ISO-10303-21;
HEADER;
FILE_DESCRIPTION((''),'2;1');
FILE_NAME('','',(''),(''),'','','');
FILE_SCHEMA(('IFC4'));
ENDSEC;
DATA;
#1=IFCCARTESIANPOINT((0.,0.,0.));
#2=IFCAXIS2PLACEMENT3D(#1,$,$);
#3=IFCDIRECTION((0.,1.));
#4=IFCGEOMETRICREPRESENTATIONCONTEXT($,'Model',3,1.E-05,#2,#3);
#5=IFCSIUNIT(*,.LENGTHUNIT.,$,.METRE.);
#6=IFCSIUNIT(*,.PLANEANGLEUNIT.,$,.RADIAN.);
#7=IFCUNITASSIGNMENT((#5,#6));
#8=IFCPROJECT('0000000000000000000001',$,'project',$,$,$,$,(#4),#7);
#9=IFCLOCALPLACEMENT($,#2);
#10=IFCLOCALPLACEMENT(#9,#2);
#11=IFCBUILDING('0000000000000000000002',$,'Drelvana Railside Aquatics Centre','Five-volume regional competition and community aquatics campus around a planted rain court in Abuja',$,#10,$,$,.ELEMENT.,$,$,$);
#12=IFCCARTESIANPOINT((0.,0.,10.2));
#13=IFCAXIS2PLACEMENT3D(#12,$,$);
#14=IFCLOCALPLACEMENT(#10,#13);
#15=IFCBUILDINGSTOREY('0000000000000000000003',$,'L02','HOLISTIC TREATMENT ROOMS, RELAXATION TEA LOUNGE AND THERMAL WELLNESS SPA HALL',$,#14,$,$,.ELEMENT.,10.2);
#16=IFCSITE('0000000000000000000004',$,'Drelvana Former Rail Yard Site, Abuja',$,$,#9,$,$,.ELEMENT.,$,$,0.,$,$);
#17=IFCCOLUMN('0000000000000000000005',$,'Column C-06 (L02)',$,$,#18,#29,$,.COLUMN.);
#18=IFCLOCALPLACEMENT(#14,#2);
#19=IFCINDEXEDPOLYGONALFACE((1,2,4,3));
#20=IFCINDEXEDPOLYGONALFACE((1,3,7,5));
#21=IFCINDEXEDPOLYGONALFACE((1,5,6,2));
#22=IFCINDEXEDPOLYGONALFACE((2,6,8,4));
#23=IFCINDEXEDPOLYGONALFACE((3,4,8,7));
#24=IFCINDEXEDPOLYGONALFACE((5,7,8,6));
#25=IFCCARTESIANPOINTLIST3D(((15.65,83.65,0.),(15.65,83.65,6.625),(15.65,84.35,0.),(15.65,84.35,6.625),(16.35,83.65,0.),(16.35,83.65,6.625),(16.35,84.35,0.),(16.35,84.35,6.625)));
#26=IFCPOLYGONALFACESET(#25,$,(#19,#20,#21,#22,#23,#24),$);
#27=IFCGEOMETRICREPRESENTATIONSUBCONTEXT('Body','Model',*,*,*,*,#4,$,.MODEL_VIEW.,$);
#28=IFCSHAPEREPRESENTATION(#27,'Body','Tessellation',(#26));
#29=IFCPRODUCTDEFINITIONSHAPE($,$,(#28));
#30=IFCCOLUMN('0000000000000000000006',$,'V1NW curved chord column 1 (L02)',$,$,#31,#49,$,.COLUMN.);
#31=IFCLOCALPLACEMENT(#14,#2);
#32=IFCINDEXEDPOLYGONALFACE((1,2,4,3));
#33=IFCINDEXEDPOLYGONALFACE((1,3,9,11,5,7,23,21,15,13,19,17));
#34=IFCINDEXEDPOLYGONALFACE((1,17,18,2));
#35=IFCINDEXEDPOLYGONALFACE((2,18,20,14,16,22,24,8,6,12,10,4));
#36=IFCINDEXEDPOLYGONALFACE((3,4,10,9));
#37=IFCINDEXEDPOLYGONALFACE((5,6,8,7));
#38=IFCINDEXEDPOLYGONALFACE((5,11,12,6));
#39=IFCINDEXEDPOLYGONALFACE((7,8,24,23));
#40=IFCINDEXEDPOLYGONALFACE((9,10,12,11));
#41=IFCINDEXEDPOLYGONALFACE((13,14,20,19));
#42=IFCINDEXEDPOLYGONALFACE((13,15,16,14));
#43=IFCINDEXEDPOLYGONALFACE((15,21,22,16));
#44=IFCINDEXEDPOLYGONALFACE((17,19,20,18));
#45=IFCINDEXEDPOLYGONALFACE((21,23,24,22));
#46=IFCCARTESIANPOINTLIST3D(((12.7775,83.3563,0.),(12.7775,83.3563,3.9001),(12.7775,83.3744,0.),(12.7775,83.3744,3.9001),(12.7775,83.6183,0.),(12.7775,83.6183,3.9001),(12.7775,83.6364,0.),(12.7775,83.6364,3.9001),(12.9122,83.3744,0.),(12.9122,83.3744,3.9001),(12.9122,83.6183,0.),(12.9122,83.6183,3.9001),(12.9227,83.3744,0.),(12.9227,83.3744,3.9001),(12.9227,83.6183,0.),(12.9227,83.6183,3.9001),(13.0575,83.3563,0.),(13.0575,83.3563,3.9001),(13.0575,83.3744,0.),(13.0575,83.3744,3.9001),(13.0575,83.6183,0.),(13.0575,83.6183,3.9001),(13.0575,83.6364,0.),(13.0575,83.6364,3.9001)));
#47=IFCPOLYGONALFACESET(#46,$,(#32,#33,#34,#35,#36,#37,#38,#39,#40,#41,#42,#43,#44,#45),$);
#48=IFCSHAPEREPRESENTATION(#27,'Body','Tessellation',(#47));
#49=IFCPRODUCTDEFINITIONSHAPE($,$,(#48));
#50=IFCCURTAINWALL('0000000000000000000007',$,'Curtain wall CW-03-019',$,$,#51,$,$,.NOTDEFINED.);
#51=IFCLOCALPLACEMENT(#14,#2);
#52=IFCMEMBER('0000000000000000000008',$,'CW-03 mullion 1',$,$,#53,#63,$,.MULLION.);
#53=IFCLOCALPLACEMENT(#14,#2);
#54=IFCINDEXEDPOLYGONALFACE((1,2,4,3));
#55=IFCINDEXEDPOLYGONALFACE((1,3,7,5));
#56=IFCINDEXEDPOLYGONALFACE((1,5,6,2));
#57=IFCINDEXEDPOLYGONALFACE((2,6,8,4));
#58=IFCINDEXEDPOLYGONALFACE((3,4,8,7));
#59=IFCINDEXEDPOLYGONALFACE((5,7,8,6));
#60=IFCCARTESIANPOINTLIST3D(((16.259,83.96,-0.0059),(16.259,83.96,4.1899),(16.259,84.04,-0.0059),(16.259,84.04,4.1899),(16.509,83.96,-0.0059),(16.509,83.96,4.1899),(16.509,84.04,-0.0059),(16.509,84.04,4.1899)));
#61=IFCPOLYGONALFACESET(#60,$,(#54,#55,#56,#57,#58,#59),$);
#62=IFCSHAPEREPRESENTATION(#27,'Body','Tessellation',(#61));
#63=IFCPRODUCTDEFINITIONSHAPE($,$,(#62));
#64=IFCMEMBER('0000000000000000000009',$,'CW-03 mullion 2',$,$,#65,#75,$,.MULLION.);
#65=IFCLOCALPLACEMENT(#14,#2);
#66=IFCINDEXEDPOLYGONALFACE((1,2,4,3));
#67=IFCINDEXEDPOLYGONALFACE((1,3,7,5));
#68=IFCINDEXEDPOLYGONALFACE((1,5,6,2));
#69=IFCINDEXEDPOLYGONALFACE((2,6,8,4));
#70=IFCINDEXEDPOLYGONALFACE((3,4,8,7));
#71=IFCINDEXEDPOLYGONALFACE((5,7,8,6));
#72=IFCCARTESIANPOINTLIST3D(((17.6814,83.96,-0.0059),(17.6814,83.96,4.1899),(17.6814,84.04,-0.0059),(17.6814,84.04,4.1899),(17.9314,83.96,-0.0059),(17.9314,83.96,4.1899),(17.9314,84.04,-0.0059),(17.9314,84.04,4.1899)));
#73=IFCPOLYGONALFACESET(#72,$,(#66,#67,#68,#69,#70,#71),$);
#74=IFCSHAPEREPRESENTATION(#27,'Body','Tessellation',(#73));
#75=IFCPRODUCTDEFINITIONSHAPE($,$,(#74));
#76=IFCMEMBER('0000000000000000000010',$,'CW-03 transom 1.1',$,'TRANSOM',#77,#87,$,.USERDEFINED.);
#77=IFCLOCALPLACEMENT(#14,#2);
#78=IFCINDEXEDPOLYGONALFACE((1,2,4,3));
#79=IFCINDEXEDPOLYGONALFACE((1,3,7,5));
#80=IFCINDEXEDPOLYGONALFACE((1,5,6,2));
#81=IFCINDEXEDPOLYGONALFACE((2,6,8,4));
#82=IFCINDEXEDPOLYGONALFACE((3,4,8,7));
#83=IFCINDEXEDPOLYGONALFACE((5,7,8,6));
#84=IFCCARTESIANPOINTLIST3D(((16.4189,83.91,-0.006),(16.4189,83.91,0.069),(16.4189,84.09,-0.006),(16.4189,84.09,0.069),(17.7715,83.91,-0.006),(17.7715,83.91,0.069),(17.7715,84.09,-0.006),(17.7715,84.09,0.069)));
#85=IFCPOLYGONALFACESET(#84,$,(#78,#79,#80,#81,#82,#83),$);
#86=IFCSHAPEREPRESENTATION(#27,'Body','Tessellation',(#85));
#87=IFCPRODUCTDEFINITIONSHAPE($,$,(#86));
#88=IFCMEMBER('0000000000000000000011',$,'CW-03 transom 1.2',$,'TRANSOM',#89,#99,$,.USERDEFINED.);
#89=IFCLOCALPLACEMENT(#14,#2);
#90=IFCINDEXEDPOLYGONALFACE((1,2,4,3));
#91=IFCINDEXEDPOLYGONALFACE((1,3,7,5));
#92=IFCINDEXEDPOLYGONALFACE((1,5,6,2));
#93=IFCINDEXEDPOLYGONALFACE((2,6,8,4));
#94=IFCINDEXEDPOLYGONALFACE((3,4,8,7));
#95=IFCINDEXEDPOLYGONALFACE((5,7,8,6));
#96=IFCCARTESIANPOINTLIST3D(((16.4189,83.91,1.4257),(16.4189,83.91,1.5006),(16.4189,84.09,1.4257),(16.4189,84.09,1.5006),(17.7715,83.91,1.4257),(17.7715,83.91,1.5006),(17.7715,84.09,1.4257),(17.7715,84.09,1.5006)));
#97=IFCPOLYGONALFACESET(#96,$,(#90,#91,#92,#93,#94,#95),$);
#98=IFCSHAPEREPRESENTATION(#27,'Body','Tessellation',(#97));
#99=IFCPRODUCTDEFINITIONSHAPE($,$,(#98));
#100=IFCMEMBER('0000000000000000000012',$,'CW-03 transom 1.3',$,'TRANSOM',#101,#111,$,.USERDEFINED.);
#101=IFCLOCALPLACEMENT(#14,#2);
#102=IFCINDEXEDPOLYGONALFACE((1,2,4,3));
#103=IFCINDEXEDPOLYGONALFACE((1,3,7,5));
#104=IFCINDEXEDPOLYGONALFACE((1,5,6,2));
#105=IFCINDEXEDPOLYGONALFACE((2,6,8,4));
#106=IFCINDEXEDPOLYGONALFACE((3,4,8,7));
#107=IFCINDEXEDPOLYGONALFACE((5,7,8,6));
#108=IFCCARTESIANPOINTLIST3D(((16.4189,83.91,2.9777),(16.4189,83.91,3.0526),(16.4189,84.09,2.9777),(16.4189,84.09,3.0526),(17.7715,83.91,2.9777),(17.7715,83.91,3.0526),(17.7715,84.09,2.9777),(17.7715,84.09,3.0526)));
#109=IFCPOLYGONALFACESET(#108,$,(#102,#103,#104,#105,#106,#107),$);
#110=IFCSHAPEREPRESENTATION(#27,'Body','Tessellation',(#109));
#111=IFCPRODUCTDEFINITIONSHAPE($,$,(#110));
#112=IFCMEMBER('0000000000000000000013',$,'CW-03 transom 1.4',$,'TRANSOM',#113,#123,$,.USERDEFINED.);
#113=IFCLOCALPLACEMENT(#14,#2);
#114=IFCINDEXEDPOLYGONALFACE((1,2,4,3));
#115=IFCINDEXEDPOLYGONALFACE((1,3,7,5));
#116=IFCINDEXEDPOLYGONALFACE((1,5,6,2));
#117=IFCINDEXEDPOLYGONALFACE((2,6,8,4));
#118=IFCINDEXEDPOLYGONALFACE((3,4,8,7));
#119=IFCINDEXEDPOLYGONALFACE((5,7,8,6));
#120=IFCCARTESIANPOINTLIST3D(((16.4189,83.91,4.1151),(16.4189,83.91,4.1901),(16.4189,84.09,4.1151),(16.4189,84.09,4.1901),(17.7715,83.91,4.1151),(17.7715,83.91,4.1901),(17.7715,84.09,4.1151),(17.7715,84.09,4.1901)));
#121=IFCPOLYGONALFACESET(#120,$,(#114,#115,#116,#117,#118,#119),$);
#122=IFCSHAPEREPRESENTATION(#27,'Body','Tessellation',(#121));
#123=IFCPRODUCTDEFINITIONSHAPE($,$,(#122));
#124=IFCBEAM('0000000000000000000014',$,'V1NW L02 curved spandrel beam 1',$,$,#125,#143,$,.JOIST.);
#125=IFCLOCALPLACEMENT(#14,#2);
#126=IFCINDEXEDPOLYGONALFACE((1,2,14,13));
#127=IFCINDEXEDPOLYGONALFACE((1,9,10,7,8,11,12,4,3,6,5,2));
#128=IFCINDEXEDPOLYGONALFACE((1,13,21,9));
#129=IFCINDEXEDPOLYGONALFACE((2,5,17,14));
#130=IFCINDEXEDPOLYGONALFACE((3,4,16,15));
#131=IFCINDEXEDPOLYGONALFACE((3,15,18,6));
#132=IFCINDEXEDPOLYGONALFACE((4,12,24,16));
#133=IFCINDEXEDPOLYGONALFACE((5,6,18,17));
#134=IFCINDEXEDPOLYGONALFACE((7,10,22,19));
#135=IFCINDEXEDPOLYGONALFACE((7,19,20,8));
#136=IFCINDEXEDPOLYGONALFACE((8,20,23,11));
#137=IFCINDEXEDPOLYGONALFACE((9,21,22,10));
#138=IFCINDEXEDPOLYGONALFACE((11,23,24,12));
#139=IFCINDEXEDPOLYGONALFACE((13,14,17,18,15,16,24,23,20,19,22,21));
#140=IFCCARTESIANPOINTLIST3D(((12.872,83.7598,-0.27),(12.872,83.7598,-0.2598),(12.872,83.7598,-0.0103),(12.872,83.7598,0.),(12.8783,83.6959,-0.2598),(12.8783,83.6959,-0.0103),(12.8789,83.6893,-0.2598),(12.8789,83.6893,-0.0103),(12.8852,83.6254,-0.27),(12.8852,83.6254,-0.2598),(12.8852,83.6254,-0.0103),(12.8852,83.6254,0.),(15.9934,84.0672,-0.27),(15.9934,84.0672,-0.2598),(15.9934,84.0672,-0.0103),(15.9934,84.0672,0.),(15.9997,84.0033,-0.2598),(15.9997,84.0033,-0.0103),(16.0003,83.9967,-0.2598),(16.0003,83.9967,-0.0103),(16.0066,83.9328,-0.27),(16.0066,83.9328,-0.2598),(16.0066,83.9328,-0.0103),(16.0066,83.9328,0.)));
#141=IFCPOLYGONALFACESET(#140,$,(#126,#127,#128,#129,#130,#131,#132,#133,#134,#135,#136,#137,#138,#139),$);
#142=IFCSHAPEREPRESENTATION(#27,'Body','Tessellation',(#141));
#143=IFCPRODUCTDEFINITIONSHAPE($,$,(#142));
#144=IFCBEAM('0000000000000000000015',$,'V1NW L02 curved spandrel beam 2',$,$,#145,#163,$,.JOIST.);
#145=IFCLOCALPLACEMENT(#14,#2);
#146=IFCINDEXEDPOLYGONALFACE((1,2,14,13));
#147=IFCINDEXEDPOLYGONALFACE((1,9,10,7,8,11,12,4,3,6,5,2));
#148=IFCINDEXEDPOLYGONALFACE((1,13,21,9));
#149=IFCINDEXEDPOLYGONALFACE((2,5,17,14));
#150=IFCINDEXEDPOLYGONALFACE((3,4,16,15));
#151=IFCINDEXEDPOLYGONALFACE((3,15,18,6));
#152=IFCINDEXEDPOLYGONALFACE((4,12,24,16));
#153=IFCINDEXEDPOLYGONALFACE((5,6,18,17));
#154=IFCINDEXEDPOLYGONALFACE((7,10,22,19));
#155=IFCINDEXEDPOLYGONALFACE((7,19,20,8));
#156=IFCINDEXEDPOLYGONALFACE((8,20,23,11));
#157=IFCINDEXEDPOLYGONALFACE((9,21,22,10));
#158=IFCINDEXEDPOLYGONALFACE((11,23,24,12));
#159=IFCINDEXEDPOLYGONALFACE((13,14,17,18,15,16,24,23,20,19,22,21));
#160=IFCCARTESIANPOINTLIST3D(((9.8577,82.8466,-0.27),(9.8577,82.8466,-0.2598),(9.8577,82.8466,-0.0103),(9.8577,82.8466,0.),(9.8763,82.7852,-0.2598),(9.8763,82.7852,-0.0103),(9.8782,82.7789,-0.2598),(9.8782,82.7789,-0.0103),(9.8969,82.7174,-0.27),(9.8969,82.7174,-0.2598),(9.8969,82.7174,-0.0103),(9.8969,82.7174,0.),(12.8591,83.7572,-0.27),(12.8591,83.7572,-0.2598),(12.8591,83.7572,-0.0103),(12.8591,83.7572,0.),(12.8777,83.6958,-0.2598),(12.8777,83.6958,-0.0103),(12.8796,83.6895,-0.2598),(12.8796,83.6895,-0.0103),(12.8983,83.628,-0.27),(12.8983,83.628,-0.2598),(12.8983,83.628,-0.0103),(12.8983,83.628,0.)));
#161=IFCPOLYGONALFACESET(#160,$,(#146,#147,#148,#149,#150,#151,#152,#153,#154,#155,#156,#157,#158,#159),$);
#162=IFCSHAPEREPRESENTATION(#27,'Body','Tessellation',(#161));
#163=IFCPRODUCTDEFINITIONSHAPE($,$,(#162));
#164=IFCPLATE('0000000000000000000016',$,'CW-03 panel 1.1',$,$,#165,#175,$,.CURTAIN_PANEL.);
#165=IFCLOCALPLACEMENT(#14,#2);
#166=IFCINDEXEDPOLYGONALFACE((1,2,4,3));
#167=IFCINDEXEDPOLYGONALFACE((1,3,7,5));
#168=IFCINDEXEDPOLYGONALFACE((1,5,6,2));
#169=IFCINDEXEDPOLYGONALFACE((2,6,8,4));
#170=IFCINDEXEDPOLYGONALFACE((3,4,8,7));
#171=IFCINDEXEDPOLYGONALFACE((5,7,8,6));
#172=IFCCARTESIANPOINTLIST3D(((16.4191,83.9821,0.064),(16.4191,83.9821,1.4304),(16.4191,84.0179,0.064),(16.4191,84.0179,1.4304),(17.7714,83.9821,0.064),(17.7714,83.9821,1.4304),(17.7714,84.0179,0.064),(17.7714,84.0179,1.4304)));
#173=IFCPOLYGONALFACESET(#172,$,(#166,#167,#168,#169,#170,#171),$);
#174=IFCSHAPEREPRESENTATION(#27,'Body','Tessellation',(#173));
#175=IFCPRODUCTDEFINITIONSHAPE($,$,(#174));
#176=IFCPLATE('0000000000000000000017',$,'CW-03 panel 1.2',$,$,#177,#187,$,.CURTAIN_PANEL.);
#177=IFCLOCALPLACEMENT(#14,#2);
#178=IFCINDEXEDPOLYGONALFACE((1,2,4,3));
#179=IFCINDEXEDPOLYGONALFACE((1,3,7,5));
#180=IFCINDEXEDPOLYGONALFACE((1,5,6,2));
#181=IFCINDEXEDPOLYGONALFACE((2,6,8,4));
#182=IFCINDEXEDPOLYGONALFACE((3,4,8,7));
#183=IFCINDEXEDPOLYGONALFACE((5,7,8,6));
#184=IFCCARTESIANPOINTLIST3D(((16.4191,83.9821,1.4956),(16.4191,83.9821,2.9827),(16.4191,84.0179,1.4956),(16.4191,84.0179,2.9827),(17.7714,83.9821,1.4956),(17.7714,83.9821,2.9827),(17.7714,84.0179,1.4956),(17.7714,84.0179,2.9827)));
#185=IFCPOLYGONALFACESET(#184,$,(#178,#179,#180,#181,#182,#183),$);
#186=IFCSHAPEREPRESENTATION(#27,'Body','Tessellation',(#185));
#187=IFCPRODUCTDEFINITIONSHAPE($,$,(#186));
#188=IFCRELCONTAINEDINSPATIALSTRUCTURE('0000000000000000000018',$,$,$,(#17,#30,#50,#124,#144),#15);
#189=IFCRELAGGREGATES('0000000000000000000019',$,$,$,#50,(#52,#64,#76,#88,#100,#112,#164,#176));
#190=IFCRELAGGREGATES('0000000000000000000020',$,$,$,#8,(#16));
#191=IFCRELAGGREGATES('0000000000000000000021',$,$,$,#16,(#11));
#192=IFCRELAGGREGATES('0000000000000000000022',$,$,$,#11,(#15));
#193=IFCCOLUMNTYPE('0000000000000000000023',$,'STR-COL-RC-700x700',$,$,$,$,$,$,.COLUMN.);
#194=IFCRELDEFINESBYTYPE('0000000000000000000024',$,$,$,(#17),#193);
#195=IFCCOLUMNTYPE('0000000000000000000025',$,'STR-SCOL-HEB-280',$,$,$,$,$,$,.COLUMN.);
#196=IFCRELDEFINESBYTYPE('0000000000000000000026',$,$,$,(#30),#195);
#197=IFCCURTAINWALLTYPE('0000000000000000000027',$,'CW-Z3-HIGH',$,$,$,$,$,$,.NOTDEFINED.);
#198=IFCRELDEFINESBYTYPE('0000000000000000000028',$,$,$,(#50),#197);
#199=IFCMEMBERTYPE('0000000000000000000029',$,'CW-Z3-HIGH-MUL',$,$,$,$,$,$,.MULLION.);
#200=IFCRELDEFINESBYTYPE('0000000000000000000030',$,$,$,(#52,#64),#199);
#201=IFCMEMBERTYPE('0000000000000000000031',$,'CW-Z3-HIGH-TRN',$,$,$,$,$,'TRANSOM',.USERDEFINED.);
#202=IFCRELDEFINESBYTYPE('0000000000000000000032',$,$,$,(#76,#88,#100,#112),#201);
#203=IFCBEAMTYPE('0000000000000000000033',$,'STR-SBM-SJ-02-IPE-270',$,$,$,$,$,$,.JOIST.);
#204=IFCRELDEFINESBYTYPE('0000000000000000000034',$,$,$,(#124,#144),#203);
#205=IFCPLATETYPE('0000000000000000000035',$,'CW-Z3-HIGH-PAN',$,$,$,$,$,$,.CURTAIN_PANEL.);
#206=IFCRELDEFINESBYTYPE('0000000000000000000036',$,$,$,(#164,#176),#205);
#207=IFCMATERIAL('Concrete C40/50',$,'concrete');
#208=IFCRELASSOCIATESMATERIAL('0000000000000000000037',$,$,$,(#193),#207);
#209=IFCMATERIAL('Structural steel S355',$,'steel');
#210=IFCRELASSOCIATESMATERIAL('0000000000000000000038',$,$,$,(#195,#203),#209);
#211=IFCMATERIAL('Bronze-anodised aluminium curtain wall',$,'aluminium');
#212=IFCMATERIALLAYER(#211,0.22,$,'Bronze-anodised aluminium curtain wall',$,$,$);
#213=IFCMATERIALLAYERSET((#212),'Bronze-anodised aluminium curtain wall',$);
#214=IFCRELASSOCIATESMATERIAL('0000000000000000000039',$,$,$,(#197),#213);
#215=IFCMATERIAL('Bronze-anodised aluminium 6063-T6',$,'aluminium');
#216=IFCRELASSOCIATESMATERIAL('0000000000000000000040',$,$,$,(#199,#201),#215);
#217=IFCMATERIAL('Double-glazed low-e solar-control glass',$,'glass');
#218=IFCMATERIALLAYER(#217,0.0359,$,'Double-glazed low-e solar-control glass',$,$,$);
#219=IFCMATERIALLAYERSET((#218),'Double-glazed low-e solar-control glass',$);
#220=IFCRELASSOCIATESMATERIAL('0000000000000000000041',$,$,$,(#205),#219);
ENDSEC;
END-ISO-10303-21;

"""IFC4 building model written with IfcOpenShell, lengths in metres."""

from ifc_helpers import new_model, si_unit, direction, frame, origin, origin_2d, place, context, subcontext, project, spatial, rectangle, i_section, extrude, material, layer, layer_set, material_profile, profile_set, type_object, element, aggregate, save


model = new_model("IFC4")

# Units and contexts
model_context = context("Model", 3, precision=1e-05, world=origin(), true_north=direction((0.0, 1.0)))
body_context = subcontext(model_context, "Body", "Model", "MODEL_VIEW")
ifc_project = project(units=[si_unit("LENGTHUNIT", "METRE"), si_unit("PLANEANGLEUNIT", "RADIAN")], contexts=[model_context])

# Site, building, storey
site_placement = place(None, origin())
site = spatial("IfcSite", under=ifc_project, at=site_placement, Name="Drelvana Former Rail Yard Site, Abuja", CompositionType="ELEMENT", RefElevation=0.0)
building_placement = place(site_placement, origin())
building = spatial("IfcBuilding", under=site, at=building_placement, Name="Drelvana Railside Aquatics Centre", Description="Five-volume regional competition and community aquatics campus around a planted rain court in Abuja", CompositionType="ELEMENT")
storey_placement = place(building_placement, frame((0.0, 0.0, 10.2)))
storey = spatial("IfcBuildingStorey", under=building, at=storey_placement, Name="L02", Description="HOLISTIC TREATMENT ROOMS, RELAXATION TEA LOUNGE AND THERMAL WELLNESS SPA HALL", CompositionType="ELEMENT", Elevation=10.2)

# Columns
ifc_material_1 = material(Name="Concrete C40/50", Category="concrete")
ifc_material_profile_1 = material_profile(ifc_material_1, rectangle(XDim=0.7, YDim=0.7, at=origin_2d()), Name="RC 700x700")
ifc_profile_set_1 = profile_set([ifc_material_profile_1], Name="Concrete C40/50")
column_type_1 = type_object("IfcColumnType", Name="STR-COL-RC-700x700", PredefinedType="COLUMN", material=ifc_profile_set_1)
column_1_placement = place(storey_placement, frame((16.0, 84.0, 0.0), z_axis=(0.0, 0.0, 1.0), x_axis=(1.0, 0.0, 0.0)))
element("IfcColumn", 1, at=column_1_placement, inside=storey, type_object=column_type_1, Name="Column C-06 (L02)", PredefinedType="COLUMN", context=body_context, shape_type="SweptSolid", body=[
    extrude(rectangle(XDim=0.7, YDim=0.7, at=origin_2d()), origin(), (0.0, 0.0, 1.0), 6.625),
])
ifc_material_2 = material(Name="Structural steel S355", Category="steel")
ifc_material_profile_2 = material_profile(ifc_material_2, i_section(OverallWidth=0.28, OverallDepth=0.28, WebThickness=0.0105, FlangeThickness=0.0181, at=origin_2d()), Name="HEB 280")
ifc_profile_set_2 = profile_set([ifc_material_profile_2], Name="Structural steel S355")
column_type_2 = type_object("IfcColumnType", Name="STR-SCOL-HEB-280", PredefinedType="COLUMN", material=ifc_profile_set_2)
column_2_placement = place(storey_placement, frame((12.9175, 83.4963, 0.0), z_axis=(0.0, 0.0, 1.0), x_axis=(1.0, 0.0, 0.0)))
element("IfcColumn", 2, at=column_2_placement, inside=storey, type_object=column_type_2, Name="V1NW curved chord column 1 (L02)", PredefinedType="COLUMN", context=body_context, shape_type="SweptSolid", body=[
    extrude(i_section(OverallWidth=0.28, OverallDepth=0.28, WebThickness=0.0105, FlangeThickness=0.0181, at=origin_2d()), origin(), (0.0, 0.0, 1.0), 3.9001),
])

# Curtain wall, members
ifc_material_3 = material(Name="Bronze-anodised aluminium curtain wall", Category="aluminium")
ifc_layer_1 = layer(ifc_material_3, 0.22, Name="Bronze-anodised aluminium curtain wall")
ifc_layer_set_1 = layer_set([ifc_layer_1], Name="Bronze-anodised aluminium curtain wall")
curtain_wall_type = type_object("IfcCurtainWallType", Name="CW-Z3-HIGH", PredefinedType="NOTDEFINED", material=ifc_layer_set_1)
curtain_wall_placement = place(storey_placement, origin())
curtain_wall = element("IfcCurtainWall", 3, at=curtain_wall_placement, inside=storey, type_object=curtain_wall_type, Name="Curtain wall CW-03-019", PredefinedType="NOTDEFINED")
ifc_material_4 = material(Name="Bronze-anodised aluminium 6063-T6", Category="aluminium")
ifc_material_profile_3 = material_profile(ifc_material_4, rectangle(XDim=0.0801, YDim=0.25, at=origin_2d()), Name="ALU-M 80x250")
ifc_profile_set_3 = profile_set([ifc_material_profile_3], Name="Bronze-anodised aluminium 6063-T6")
member_type_1 = type_object("IfcMemberType", Name="CW-Z3-HIGH-MUL", PredefinedType="MULLION", material=ifc_profile_set_3)
member_1_placement = place(storey_placement, frame((16.384, 84.0, -0.0059), z_axis=(0.0, 0.0, 1.0), x_axis=(0.0, 1.0, 0.0)))
member_1 = element("IfcMember", 4, at=member_1_placement, type_object=member_type_1, Name="CW-03 mullion 1", PredefinedType="MULLION", context=body_context, shape_type="SweptSolid", body=[
    extrude(rectangle(XDim=0.0801, YDim=0.25, at=origin_2d()), origin(), (0.0, 0.0, 1.0), 4.1958),
])
member_2_placement = place(storey_placement, frame((17.8064, 84.0, -0.0059), z_axis=(0.0, 0.0, 1.0), x_axis=(0.0, 1.0, 0.0)))
member_2 = element("IfcMember", 5, at=member_2_placement, type_object=member_type_1, Name="CW-03 mullion 2", PredefinedType="MULLION", context=body_context, shape_type="SweptSolid", body=[
    extrude(rectangle(XDim=0.0801, YDim=0.25, at=origin_2d()), origin(), (0.0, 0.0, 1.0), 4.1958),
])
ifc_material_profile_4 = material_profile(ifc_material_4, rectangle(XDim=0.1799, YDim=0.075, at=origin_2d()), Name="ALU-T 75x180")
ifc_profile_set_4 = profile_set([ifc_material_profile_4], Name="Bronze-anodised aluminium 6063-T6")
member_type_2 = type_object("IfcMemberType", Name="CW-Z3-HIGH-TRN", ElementType="TRANSOM", PredefinedType="USERDEFINED", material=ifc_profile_set_4)
member_3_placement = place(storey_placement, frame((16.4189, 84.0, 0.0315), z_axis=(1.0, 0.0, 0.0), x_axis=(0.0, 1.0, 0.0)))
member_3 = element("IfcMember", 6, at=member_3_placement, type_object=member_type_2, Name="CW-03 transom 1.1", ObjectType="TRANSOM", PredefinedType="USERDEFINED", context=body_context, shape_type="SweptSolid", body=[
    extrude(rectangle(XDim=0.1799, YDim=0.075, at=origin_2d()), origin(), (0.0, 0.0, 1.0), 1.3525),
])
member_4_placement = place(storey_placement, frame((16.4189, 84.0, 1.4631), z_axis=(1.0, 0.0, 0.0), x_axis=(0.0, 1.0, 0.0)))
member_4 = element("IfcMember", 7, at=member_4_placement, type_object=member_type_2, Name="CW-03 transom 1.2", ObjectType="TRANSOM", PredefinedType="USERDEFINED", context=body_context, shape_type="SweptSolid", body=[
    extrude(rectangle(XDim=0.1799, YDim=0.075, at=origin_2d()), origin(), (0.0, 0.0, 1.0), 1.3525),
])
member_5_placement = place(storey_placement, frame((16.4189, 84.0, 3.0151), z_axis=(1.0, 0.0, 0.0), x_axis=(0.0, 1.0, 0.0)))
member_5 = element("IfcMember", 8, at=member_5_placement, type_object=member_type_2, Name="CW-03 transom 1.3", ObjectType="TRANSOM", PredefinedType="USERDEFINED", context=body_context, shape_type="SweptSolid", body=[
    extrude(rectangle(XDim=0.1799, YDim=0.075, at=origin_2d()), origin(), (0.0, 0.0, 1.0), 1.3525),
])
member_6_placement = place(storey_placement, frame((16.4189, 84.0, 4.1526), z_axis=(1.0, 0.0, 0.0), x_axis=(0.0, 1.0, 0.0)))
member_6 = element("IfcMember", 9, at=member_6_placement, type_object=member_type_2, Name="CW-03 transom 1.4", ObjectType="TRANSOM", PredefinedType="USERDEFINED", context=body_context, shape_type="SweptSolid", body=[
    extrude(rectangle(XDim=0.1799, YDim=0.075, at=origin_2d()), origin(), (0.0, 0.0, 1.0), 1.3525),
])

# Beams
ifc_material_profile_5 = material_profile(ifc_material_2, i_section(OverallWidth=0.135, OverallDepth=0.27, WebThickness=0.0066, FlangeThickness=0.0103, at=origin_2d()), Name="IPE 270")
ifc_profile_set_5 = profile_set([ifc_material_profile_5], Name="Structural steel S355")
beam_type = type_object("IfcBeamType", Name="STR-SBM-SJ-02-IPE-270", PredefinedType="JOIST", material=ifc_profile_set_5)
for number, where, z_axis, x_axis, name in (
    (10, (16.0, 84.0, -0.135), (-0.995186, -0.098001, 0.0), (0.098001, -0.995186, 0.0), "V1NW L02 curved spandrel beam 1"),
    (11, (12.8787, 83.6926, -0.135), (-0.956926, -0.290331, 0.0), (0.290331, -0.956926, 0.0), "V1NW L02 curved spandrel beam 2"),
):
    element("IfcBeam", number, at=place(storey_placement, frame(where, z_axis=z_axis, x_axis=x_axis)), inside=storey, type_object=beam_type, Name=name, PredefinedType="JOIST", context=body_context, shape_type="SweptSolid", body=[
        extrude(i_section(OverallWidth=0.135, OverallDepth=0.27, WebThickness=0.0066, FlangeThickness=0.0103, at=origin_2d()), origin(), (0.0, 0.0, 1.0), 3.1365),
    ])

# Plates
ifc_material_5 = material(Name="Double-glazed low-e solar-control glass", Category="glass")
ifc_layer_2 = layer(ifc_material_5, 0.0359, Name="Double-glazed low-e solar-control glass")
ifc_layer_set_2 = layer_set([ifc_layer_2], Name="Double-glazed low-e solar-control glass")
plate_type = type_object("IfcPlateType", Name="CW-Z3-HIGH-PAN", PredefinedType="CURTAIN_PANEL", material=ifc_layer_set_2)
plate_1_placement = place(storey_placement, frame((17.0952, 84.0, 0.064), z_axis=(0.0, 0.0, 1.0), x_axis=(1.0, 0.0, 0.0)))
plate_1 = element("IfcPlate", 12, at=plate_1_placement, type_object=plate_type, Name="CW-03 panel 1.1", PredefinedType="CURTAIN_PANEL", context=body_context, shape_type="SweptSolid", body=[
    extrude(rectangle(XDim=1.3523, YDim=0.0359, at=origin_2d()), origin(), (0.0, 0.0, 1.0), 1.3665),
])
plate_2_placement = place(storey_placement, frame((17.0952, 84.0, 1.4956), z_axis=(0.0, 0.0, 1.0), x_axis=(1.0, 0.0, 0.0)))
plate_2 = element("IfcPlate", 13, at=plate_2_placement, type_object=plate_type, Name="CW-03 panel 1.2", PredefinedType="CURTAIN_PANEL", context=body_context, shape_type="SweptSolid", body=[
    extrude(rectangle(XDim=1.3523, YDim=0.0359, at=origin_2d()), origin(), (0.0, 0.0, 1.0), 1.4871),
])
aggregate(curtain_wall, [member_1, member_2, member_3, member_4, member_5, member_6, plate_1, plate_2])

save(model, "model.ifc")
